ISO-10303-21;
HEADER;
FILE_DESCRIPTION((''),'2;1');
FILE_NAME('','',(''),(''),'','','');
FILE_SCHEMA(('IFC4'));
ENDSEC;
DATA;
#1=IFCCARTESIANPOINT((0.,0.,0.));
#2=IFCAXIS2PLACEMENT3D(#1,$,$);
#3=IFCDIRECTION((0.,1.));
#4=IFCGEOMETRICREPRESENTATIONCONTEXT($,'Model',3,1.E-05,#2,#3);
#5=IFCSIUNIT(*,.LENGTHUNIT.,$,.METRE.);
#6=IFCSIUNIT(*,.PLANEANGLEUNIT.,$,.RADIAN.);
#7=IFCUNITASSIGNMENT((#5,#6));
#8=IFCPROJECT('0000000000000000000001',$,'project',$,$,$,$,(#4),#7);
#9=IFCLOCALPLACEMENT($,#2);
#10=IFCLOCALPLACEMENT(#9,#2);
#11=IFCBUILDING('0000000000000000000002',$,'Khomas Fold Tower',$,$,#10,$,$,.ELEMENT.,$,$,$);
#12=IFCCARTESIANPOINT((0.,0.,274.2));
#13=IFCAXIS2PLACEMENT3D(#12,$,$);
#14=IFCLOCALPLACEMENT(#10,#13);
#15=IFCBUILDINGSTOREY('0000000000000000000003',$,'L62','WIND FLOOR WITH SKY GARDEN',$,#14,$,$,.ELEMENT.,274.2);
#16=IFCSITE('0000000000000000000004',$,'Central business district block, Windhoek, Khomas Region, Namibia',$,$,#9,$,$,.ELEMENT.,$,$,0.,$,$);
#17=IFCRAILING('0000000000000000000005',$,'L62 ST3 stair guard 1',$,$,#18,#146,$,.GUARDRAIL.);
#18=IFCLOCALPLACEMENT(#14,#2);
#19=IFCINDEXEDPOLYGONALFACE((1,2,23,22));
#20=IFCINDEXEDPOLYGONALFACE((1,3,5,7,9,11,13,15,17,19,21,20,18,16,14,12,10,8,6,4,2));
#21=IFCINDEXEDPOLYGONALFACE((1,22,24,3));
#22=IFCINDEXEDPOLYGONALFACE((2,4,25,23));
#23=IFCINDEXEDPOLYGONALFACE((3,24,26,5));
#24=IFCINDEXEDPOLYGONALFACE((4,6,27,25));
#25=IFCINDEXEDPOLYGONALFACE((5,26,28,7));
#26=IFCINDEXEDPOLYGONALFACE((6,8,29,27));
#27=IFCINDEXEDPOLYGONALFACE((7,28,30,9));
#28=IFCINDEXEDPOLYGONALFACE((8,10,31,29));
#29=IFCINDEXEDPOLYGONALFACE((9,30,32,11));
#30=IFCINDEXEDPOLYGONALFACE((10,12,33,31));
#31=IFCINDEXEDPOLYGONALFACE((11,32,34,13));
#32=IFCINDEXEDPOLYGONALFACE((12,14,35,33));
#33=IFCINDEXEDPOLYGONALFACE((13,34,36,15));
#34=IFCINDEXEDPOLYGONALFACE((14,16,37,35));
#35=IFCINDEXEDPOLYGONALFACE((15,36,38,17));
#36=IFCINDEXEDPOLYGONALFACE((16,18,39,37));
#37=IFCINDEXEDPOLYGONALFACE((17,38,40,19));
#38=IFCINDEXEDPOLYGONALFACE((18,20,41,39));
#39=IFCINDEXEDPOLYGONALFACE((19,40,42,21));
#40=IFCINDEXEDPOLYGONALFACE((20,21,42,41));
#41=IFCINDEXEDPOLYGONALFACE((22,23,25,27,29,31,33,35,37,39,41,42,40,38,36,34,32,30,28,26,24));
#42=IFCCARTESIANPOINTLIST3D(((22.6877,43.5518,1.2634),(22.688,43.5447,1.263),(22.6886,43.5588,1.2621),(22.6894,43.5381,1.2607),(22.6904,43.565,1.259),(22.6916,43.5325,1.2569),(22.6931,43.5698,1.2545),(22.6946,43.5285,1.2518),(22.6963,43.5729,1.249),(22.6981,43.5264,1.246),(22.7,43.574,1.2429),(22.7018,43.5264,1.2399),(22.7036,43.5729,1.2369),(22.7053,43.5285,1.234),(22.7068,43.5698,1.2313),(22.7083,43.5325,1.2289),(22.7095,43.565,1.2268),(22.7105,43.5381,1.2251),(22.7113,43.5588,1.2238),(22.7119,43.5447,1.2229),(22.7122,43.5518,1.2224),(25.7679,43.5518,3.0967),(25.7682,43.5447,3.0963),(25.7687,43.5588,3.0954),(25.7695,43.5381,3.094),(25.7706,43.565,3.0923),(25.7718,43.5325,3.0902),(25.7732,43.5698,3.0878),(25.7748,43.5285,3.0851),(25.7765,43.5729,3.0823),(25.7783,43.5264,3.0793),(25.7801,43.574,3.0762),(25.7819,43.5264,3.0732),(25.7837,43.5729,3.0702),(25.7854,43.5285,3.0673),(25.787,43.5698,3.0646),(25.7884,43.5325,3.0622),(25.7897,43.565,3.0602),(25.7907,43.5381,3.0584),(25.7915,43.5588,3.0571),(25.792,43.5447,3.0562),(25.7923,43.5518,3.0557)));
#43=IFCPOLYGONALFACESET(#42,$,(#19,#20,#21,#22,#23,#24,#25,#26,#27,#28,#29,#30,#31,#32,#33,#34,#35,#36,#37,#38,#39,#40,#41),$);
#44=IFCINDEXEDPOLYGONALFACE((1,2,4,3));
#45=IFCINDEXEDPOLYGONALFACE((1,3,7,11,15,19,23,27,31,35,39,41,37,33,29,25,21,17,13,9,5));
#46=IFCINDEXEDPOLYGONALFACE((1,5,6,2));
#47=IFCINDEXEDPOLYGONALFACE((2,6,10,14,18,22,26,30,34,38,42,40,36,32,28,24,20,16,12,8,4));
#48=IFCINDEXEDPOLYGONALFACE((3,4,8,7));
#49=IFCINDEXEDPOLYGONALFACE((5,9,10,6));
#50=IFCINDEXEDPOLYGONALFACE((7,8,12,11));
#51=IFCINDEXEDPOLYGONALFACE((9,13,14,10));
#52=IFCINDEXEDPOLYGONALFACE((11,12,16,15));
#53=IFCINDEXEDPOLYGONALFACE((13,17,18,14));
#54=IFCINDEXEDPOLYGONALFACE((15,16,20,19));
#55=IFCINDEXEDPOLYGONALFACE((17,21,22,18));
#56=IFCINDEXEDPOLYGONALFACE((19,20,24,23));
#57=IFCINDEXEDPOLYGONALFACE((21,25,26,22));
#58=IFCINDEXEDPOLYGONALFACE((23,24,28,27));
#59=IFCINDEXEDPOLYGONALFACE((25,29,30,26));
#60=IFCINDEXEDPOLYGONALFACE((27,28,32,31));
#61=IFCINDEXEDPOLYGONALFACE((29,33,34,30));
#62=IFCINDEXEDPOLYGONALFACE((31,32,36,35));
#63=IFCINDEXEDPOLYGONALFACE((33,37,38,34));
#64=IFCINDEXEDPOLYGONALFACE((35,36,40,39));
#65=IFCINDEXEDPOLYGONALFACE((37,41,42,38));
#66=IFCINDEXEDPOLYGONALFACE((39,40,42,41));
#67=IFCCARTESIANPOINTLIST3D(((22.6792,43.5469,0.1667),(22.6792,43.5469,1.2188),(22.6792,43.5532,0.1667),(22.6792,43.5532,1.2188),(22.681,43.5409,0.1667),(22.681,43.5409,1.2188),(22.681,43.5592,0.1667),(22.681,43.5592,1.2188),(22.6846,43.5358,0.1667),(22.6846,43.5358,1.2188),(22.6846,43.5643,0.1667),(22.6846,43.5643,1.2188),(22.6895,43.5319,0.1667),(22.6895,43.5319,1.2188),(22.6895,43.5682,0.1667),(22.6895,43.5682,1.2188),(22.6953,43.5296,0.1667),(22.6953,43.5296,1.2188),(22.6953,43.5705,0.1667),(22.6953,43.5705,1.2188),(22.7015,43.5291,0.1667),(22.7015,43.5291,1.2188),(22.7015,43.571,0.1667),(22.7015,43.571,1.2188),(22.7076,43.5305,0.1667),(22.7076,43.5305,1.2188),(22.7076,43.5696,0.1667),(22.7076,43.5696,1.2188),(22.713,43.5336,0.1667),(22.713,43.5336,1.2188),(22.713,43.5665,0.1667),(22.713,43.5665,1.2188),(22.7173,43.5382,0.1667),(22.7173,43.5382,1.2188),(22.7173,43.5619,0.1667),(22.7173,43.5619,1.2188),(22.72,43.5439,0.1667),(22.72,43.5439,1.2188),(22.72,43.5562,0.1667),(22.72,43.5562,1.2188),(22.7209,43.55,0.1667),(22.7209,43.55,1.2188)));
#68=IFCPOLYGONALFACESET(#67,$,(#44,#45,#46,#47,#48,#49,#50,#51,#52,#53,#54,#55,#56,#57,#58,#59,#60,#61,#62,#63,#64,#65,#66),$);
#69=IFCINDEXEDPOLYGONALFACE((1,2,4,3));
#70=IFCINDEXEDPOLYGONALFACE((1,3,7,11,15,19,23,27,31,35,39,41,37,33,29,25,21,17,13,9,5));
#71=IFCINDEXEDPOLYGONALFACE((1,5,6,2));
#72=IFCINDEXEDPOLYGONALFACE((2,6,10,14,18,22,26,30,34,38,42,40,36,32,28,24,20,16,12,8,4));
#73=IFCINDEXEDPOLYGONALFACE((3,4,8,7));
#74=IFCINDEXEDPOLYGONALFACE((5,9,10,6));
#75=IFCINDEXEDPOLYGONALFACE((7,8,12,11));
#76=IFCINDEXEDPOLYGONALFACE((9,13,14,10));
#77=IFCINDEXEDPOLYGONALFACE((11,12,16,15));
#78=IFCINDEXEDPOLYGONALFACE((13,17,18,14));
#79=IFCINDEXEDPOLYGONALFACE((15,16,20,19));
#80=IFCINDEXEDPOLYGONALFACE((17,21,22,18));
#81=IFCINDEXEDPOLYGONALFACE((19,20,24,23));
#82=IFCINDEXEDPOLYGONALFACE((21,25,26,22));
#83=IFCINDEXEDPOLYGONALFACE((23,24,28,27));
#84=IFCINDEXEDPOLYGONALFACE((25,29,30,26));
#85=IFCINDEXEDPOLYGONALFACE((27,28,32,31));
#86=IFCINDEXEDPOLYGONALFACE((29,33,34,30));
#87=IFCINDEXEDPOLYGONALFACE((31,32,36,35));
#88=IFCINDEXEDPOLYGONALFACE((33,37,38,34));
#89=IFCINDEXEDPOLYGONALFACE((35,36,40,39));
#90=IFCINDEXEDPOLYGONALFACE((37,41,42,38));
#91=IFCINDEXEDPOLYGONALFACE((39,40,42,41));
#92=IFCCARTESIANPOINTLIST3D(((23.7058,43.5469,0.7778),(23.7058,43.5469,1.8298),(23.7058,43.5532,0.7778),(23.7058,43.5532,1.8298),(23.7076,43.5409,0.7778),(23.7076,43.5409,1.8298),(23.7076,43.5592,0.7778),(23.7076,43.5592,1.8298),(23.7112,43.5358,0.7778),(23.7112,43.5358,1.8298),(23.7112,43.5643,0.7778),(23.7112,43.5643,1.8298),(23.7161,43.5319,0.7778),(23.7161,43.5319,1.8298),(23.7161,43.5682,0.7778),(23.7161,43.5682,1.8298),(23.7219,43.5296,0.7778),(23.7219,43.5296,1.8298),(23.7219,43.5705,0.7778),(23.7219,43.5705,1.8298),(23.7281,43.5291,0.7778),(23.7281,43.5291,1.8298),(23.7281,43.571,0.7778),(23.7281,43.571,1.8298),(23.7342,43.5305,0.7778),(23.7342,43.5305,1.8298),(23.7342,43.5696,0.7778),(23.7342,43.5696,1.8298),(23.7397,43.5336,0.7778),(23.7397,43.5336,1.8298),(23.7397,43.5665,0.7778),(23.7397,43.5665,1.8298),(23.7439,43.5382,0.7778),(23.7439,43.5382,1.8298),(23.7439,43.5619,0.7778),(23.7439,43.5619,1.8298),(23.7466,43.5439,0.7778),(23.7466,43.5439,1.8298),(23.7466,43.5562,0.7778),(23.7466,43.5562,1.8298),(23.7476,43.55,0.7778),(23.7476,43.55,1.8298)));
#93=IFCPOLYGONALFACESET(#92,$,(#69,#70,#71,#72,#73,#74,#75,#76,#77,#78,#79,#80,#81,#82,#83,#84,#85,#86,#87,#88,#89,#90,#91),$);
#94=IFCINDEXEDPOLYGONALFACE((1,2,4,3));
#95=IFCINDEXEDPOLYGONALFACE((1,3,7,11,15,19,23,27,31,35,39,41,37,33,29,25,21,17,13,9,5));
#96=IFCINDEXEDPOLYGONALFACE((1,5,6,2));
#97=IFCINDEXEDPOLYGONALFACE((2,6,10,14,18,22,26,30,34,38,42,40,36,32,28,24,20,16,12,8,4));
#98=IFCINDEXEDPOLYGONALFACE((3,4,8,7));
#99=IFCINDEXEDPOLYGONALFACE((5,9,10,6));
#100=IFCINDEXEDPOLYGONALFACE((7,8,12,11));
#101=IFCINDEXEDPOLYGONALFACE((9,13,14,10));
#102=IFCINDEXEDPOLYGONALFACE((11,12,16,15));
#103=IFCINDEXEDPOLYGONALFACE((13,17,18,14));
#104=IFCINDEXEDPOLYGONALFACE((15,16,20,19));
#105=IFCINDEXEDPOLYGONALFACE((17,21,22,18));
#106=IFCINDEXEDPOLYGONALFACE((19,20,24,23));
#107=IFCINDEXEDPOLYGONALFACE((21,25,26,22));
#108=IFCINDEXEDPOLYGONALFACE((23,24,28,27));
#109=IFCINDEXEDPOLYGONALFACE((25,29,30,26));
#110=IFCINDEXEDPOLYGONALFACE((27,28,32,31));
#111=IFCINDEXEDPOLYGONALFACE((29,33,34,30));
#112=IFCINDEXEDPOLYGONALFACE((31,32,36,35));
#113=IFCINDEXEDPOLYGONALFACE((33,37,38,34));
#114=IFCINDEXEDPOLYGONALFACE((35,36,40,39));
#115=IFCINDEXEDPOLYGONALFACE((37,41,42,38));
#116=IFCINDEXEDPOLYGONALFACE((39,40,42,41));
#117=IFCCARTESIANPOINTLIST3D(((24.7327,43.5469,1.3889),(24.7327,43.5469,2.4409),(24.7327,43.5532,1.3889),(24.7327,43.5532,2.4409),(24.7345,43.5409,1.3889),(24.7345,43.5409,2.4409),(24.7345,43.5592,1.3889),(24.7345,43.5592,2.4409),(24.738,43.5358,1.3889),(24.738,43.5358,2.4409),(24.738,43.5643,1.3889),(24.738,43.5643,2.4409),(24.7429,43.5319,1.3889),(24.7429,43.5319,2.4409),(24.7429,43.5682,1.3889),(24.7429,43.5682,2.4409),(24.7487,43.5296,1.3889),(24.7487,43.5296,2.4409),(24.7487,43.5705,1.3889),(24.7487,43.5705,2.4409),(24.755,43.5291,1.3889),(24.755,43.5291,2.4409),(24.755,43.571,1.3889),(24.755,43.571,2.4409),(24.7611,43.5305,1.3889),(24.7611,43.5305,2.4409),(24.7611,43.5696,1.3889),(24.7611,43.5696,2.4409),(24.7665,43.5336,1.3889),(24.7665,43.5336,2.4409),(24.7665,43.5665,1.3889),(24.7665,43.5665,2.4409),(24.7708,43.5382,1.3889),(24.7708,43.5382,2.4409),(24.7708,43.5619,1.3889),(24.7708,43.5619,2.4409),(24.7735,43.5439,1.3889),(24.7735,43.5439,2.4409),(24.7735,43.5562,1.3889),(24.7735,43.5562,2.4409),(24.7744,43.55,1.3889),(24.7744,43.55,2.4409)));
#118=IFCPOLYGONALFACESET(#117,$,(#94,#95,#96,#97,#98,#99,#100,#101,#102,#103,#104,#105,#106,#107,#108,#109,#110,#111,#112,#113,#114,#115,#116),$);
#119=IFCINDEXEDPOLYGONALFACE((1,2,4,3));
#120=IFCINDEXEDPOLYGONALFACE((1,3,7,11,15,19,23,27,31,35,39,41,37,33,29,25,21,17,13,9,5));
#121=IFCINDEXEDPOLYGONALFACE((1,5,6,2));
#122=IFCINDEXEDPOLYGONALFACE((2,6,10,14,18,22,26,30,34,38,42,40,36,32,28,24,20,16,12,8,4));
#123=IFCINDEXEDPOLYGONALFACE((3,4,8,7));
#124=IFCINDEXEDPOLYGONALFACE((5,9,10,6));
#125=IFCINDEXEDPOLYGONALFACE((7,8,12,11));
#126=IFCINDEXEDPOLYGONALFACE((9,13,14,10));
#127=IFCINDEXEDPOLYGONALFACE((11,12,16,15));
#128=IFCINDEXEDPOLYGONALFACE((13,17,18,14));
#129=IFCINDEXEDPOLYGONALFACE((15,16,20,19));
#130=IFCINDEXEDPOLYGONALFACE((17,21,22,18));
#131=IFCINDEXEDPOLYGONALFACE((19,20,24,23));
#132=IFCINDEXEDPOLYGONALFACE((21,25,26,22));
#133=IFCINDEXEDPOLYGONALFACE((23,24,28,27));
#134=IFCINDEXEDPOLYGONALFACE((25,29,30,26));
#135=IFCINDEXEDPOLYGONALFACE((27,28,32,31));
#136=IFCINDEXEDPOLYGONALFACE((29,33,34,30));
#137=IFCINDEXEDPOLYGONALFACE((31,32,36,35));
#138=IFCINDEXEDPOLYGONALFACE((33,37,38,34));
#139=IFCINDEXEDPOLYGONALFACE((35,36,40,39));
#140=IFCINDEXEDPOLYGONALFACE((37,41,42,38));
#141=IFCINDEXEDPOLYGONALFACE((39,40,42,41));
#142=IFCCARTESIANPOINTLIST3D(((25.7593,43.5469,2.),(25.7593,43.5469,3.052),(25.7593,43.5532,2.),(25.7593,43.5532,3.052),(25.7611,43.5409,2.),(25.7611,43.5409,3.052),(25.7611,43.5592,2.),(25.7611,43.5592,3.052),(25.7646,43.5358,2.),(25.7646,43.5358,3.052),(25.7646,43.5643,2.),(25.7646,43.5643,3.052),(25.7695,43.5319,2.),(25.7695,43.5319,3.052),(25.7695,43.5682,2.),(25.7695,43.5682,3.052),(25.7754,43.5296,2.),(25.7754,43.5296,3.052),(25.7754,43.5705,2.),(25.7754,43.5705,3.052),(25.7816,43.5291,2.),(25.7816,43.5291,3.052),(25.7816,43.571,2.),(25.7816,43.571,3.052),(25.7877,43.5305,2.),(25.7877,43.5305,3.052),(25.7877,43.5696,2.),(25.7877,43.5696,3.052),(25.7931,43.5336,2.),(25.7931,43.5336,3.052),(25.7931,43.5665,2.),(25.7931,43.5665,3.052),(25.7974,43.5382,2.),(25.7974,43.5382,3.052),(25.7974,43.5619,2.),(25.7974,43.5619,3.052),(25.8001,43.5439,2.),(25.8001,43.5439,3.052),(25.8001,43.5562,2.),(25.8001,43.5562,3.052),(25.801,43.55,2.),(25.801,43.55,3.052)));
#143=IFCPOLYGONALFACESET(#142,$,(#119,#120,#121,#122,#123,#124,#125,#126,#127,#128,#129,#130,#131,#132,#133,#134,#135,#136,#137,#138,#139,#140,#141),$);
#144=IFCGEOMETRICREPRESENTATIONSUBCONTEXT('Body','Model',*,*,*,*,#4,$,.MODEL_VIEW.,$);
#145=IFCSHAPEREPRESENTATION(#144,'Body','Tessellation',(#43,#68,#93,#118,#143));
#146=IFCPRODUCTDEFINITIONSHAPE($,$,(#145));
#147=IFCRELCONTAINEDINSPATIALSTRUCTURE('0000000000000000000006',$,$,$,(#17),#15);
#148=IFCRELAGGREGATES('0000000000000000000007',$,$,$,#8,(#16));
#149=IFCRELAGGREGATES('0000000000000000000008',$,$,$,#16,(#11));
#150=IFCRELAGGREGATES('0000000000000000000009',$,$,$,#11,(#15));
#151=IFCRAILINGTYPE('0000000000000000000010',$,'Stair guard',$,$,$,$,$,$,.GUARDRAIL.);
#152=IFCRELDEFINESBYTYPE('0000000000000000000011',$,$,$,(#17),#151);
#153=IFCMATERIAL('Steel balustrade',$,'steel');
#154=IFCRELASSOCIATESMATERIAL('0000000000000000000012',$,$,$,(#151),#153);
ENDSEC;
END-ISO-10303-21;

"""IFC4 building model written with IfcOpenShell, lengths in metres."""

from ifc_helpers import new_model, si_unit, direction, frame, origin, origin_2d, place, context, subcontext, project, spatial, circle, extrude, source, transform, mapped, material, type_object, element, save


model = new_model("IFC4")

# Units and contexts
model_context = context("Model", 3, precision=1e-05, world=origin(), true_north=direction((0.0, 1.0)))
body_context = subcontext(model_context, "Body", "Model", "MODEL_VIEW")
ifc_project = project(units=[si_unit("LENGTHUNIT", "METRE"), si_unit("PLANEANGLEUNIT", "RADIAN")], contexts=[model_context])

# Site, building, storey
site_placement = place(None, origin())
site = spatial("IfcSite", under=ifc_project, at=site_placement, Name="Central business district block, Windhoek, Khomas Region, Namibia", CompositionType="ELEMENT", RefElevation=0.0)
building_placement = place(site_placement, origin())
building = spatial("IfcBuilding", under=site, at=building_placement, Name="Khomas Fold Tower", CompositionType="ELEMENT")
storey_placement = place(building_placement, frame((0.0, 0.0, 274.2)))
storey = spatial("IfcBuildingStorey", under=building, at=storey_placement, Name="L62", Description="WIND FLOOR WITH SKY GARDEN", CompositionType="ELEMENT", Elevation=274.2)

# Railing
ifc_material_1 = material(Name="Steel balustrade", Category="steel")
railing_type_1 = type_object("IfcRailingType", Name="Stair guard", PredefinedType="GUARDRAIL", material=ifc_material_1)
shared_shape_1 = source(origin(), body_context, "Body", "SweptSolid", [
    extrude(circle(Radius=0.0239, at=origin_2d()), frame((0.0, 0.0, 1.0762), z_axis=(0.859309, 0.0, 0.511458), x_axis=(0.0, 1.0, 0.0)), (0.0, 0.0, 1.0), 3.5845),
    extrude(circle(Radius=0.021, at=origin_2d()), origin(), (0.0, 0.0, 1.0), 1.052),
    extrude(circle(Radius=0.021, at=origin_2d()), frame((1.0266, 0.0, 0.6111)), (0.0, 0.0, 1.0), 1.052),
    extrude(circle(Radius=0.021, at=origin_2d()), frame((2.0535, 0.0, 1.2222)), (0.0, 0.0, 1.0), 1.052),
    extrude(circle(Radius=0.021, at=origin_2d()), frame((3.0801, 0.0, 1.8333)), (0.0, 0.0, 1.0), 1.052),
])
for number, where, name in (
    (1, (22.7, 43.55, 0.1667), "L62 ST3 stair guard 1"),
):
    element("IfcRailing", number, at=place(storey_placement, frame(where)), inside=storey, type_object=railing_type_1, Name=name, PredefinedType="GUARDRAIL", context=body_context, shape_type="MappedRepresentation", body=[
        mapped(shared_shape_1, transform((0.0, 0.0, 0.0))),
    ])

save(model, "model.ifc")
